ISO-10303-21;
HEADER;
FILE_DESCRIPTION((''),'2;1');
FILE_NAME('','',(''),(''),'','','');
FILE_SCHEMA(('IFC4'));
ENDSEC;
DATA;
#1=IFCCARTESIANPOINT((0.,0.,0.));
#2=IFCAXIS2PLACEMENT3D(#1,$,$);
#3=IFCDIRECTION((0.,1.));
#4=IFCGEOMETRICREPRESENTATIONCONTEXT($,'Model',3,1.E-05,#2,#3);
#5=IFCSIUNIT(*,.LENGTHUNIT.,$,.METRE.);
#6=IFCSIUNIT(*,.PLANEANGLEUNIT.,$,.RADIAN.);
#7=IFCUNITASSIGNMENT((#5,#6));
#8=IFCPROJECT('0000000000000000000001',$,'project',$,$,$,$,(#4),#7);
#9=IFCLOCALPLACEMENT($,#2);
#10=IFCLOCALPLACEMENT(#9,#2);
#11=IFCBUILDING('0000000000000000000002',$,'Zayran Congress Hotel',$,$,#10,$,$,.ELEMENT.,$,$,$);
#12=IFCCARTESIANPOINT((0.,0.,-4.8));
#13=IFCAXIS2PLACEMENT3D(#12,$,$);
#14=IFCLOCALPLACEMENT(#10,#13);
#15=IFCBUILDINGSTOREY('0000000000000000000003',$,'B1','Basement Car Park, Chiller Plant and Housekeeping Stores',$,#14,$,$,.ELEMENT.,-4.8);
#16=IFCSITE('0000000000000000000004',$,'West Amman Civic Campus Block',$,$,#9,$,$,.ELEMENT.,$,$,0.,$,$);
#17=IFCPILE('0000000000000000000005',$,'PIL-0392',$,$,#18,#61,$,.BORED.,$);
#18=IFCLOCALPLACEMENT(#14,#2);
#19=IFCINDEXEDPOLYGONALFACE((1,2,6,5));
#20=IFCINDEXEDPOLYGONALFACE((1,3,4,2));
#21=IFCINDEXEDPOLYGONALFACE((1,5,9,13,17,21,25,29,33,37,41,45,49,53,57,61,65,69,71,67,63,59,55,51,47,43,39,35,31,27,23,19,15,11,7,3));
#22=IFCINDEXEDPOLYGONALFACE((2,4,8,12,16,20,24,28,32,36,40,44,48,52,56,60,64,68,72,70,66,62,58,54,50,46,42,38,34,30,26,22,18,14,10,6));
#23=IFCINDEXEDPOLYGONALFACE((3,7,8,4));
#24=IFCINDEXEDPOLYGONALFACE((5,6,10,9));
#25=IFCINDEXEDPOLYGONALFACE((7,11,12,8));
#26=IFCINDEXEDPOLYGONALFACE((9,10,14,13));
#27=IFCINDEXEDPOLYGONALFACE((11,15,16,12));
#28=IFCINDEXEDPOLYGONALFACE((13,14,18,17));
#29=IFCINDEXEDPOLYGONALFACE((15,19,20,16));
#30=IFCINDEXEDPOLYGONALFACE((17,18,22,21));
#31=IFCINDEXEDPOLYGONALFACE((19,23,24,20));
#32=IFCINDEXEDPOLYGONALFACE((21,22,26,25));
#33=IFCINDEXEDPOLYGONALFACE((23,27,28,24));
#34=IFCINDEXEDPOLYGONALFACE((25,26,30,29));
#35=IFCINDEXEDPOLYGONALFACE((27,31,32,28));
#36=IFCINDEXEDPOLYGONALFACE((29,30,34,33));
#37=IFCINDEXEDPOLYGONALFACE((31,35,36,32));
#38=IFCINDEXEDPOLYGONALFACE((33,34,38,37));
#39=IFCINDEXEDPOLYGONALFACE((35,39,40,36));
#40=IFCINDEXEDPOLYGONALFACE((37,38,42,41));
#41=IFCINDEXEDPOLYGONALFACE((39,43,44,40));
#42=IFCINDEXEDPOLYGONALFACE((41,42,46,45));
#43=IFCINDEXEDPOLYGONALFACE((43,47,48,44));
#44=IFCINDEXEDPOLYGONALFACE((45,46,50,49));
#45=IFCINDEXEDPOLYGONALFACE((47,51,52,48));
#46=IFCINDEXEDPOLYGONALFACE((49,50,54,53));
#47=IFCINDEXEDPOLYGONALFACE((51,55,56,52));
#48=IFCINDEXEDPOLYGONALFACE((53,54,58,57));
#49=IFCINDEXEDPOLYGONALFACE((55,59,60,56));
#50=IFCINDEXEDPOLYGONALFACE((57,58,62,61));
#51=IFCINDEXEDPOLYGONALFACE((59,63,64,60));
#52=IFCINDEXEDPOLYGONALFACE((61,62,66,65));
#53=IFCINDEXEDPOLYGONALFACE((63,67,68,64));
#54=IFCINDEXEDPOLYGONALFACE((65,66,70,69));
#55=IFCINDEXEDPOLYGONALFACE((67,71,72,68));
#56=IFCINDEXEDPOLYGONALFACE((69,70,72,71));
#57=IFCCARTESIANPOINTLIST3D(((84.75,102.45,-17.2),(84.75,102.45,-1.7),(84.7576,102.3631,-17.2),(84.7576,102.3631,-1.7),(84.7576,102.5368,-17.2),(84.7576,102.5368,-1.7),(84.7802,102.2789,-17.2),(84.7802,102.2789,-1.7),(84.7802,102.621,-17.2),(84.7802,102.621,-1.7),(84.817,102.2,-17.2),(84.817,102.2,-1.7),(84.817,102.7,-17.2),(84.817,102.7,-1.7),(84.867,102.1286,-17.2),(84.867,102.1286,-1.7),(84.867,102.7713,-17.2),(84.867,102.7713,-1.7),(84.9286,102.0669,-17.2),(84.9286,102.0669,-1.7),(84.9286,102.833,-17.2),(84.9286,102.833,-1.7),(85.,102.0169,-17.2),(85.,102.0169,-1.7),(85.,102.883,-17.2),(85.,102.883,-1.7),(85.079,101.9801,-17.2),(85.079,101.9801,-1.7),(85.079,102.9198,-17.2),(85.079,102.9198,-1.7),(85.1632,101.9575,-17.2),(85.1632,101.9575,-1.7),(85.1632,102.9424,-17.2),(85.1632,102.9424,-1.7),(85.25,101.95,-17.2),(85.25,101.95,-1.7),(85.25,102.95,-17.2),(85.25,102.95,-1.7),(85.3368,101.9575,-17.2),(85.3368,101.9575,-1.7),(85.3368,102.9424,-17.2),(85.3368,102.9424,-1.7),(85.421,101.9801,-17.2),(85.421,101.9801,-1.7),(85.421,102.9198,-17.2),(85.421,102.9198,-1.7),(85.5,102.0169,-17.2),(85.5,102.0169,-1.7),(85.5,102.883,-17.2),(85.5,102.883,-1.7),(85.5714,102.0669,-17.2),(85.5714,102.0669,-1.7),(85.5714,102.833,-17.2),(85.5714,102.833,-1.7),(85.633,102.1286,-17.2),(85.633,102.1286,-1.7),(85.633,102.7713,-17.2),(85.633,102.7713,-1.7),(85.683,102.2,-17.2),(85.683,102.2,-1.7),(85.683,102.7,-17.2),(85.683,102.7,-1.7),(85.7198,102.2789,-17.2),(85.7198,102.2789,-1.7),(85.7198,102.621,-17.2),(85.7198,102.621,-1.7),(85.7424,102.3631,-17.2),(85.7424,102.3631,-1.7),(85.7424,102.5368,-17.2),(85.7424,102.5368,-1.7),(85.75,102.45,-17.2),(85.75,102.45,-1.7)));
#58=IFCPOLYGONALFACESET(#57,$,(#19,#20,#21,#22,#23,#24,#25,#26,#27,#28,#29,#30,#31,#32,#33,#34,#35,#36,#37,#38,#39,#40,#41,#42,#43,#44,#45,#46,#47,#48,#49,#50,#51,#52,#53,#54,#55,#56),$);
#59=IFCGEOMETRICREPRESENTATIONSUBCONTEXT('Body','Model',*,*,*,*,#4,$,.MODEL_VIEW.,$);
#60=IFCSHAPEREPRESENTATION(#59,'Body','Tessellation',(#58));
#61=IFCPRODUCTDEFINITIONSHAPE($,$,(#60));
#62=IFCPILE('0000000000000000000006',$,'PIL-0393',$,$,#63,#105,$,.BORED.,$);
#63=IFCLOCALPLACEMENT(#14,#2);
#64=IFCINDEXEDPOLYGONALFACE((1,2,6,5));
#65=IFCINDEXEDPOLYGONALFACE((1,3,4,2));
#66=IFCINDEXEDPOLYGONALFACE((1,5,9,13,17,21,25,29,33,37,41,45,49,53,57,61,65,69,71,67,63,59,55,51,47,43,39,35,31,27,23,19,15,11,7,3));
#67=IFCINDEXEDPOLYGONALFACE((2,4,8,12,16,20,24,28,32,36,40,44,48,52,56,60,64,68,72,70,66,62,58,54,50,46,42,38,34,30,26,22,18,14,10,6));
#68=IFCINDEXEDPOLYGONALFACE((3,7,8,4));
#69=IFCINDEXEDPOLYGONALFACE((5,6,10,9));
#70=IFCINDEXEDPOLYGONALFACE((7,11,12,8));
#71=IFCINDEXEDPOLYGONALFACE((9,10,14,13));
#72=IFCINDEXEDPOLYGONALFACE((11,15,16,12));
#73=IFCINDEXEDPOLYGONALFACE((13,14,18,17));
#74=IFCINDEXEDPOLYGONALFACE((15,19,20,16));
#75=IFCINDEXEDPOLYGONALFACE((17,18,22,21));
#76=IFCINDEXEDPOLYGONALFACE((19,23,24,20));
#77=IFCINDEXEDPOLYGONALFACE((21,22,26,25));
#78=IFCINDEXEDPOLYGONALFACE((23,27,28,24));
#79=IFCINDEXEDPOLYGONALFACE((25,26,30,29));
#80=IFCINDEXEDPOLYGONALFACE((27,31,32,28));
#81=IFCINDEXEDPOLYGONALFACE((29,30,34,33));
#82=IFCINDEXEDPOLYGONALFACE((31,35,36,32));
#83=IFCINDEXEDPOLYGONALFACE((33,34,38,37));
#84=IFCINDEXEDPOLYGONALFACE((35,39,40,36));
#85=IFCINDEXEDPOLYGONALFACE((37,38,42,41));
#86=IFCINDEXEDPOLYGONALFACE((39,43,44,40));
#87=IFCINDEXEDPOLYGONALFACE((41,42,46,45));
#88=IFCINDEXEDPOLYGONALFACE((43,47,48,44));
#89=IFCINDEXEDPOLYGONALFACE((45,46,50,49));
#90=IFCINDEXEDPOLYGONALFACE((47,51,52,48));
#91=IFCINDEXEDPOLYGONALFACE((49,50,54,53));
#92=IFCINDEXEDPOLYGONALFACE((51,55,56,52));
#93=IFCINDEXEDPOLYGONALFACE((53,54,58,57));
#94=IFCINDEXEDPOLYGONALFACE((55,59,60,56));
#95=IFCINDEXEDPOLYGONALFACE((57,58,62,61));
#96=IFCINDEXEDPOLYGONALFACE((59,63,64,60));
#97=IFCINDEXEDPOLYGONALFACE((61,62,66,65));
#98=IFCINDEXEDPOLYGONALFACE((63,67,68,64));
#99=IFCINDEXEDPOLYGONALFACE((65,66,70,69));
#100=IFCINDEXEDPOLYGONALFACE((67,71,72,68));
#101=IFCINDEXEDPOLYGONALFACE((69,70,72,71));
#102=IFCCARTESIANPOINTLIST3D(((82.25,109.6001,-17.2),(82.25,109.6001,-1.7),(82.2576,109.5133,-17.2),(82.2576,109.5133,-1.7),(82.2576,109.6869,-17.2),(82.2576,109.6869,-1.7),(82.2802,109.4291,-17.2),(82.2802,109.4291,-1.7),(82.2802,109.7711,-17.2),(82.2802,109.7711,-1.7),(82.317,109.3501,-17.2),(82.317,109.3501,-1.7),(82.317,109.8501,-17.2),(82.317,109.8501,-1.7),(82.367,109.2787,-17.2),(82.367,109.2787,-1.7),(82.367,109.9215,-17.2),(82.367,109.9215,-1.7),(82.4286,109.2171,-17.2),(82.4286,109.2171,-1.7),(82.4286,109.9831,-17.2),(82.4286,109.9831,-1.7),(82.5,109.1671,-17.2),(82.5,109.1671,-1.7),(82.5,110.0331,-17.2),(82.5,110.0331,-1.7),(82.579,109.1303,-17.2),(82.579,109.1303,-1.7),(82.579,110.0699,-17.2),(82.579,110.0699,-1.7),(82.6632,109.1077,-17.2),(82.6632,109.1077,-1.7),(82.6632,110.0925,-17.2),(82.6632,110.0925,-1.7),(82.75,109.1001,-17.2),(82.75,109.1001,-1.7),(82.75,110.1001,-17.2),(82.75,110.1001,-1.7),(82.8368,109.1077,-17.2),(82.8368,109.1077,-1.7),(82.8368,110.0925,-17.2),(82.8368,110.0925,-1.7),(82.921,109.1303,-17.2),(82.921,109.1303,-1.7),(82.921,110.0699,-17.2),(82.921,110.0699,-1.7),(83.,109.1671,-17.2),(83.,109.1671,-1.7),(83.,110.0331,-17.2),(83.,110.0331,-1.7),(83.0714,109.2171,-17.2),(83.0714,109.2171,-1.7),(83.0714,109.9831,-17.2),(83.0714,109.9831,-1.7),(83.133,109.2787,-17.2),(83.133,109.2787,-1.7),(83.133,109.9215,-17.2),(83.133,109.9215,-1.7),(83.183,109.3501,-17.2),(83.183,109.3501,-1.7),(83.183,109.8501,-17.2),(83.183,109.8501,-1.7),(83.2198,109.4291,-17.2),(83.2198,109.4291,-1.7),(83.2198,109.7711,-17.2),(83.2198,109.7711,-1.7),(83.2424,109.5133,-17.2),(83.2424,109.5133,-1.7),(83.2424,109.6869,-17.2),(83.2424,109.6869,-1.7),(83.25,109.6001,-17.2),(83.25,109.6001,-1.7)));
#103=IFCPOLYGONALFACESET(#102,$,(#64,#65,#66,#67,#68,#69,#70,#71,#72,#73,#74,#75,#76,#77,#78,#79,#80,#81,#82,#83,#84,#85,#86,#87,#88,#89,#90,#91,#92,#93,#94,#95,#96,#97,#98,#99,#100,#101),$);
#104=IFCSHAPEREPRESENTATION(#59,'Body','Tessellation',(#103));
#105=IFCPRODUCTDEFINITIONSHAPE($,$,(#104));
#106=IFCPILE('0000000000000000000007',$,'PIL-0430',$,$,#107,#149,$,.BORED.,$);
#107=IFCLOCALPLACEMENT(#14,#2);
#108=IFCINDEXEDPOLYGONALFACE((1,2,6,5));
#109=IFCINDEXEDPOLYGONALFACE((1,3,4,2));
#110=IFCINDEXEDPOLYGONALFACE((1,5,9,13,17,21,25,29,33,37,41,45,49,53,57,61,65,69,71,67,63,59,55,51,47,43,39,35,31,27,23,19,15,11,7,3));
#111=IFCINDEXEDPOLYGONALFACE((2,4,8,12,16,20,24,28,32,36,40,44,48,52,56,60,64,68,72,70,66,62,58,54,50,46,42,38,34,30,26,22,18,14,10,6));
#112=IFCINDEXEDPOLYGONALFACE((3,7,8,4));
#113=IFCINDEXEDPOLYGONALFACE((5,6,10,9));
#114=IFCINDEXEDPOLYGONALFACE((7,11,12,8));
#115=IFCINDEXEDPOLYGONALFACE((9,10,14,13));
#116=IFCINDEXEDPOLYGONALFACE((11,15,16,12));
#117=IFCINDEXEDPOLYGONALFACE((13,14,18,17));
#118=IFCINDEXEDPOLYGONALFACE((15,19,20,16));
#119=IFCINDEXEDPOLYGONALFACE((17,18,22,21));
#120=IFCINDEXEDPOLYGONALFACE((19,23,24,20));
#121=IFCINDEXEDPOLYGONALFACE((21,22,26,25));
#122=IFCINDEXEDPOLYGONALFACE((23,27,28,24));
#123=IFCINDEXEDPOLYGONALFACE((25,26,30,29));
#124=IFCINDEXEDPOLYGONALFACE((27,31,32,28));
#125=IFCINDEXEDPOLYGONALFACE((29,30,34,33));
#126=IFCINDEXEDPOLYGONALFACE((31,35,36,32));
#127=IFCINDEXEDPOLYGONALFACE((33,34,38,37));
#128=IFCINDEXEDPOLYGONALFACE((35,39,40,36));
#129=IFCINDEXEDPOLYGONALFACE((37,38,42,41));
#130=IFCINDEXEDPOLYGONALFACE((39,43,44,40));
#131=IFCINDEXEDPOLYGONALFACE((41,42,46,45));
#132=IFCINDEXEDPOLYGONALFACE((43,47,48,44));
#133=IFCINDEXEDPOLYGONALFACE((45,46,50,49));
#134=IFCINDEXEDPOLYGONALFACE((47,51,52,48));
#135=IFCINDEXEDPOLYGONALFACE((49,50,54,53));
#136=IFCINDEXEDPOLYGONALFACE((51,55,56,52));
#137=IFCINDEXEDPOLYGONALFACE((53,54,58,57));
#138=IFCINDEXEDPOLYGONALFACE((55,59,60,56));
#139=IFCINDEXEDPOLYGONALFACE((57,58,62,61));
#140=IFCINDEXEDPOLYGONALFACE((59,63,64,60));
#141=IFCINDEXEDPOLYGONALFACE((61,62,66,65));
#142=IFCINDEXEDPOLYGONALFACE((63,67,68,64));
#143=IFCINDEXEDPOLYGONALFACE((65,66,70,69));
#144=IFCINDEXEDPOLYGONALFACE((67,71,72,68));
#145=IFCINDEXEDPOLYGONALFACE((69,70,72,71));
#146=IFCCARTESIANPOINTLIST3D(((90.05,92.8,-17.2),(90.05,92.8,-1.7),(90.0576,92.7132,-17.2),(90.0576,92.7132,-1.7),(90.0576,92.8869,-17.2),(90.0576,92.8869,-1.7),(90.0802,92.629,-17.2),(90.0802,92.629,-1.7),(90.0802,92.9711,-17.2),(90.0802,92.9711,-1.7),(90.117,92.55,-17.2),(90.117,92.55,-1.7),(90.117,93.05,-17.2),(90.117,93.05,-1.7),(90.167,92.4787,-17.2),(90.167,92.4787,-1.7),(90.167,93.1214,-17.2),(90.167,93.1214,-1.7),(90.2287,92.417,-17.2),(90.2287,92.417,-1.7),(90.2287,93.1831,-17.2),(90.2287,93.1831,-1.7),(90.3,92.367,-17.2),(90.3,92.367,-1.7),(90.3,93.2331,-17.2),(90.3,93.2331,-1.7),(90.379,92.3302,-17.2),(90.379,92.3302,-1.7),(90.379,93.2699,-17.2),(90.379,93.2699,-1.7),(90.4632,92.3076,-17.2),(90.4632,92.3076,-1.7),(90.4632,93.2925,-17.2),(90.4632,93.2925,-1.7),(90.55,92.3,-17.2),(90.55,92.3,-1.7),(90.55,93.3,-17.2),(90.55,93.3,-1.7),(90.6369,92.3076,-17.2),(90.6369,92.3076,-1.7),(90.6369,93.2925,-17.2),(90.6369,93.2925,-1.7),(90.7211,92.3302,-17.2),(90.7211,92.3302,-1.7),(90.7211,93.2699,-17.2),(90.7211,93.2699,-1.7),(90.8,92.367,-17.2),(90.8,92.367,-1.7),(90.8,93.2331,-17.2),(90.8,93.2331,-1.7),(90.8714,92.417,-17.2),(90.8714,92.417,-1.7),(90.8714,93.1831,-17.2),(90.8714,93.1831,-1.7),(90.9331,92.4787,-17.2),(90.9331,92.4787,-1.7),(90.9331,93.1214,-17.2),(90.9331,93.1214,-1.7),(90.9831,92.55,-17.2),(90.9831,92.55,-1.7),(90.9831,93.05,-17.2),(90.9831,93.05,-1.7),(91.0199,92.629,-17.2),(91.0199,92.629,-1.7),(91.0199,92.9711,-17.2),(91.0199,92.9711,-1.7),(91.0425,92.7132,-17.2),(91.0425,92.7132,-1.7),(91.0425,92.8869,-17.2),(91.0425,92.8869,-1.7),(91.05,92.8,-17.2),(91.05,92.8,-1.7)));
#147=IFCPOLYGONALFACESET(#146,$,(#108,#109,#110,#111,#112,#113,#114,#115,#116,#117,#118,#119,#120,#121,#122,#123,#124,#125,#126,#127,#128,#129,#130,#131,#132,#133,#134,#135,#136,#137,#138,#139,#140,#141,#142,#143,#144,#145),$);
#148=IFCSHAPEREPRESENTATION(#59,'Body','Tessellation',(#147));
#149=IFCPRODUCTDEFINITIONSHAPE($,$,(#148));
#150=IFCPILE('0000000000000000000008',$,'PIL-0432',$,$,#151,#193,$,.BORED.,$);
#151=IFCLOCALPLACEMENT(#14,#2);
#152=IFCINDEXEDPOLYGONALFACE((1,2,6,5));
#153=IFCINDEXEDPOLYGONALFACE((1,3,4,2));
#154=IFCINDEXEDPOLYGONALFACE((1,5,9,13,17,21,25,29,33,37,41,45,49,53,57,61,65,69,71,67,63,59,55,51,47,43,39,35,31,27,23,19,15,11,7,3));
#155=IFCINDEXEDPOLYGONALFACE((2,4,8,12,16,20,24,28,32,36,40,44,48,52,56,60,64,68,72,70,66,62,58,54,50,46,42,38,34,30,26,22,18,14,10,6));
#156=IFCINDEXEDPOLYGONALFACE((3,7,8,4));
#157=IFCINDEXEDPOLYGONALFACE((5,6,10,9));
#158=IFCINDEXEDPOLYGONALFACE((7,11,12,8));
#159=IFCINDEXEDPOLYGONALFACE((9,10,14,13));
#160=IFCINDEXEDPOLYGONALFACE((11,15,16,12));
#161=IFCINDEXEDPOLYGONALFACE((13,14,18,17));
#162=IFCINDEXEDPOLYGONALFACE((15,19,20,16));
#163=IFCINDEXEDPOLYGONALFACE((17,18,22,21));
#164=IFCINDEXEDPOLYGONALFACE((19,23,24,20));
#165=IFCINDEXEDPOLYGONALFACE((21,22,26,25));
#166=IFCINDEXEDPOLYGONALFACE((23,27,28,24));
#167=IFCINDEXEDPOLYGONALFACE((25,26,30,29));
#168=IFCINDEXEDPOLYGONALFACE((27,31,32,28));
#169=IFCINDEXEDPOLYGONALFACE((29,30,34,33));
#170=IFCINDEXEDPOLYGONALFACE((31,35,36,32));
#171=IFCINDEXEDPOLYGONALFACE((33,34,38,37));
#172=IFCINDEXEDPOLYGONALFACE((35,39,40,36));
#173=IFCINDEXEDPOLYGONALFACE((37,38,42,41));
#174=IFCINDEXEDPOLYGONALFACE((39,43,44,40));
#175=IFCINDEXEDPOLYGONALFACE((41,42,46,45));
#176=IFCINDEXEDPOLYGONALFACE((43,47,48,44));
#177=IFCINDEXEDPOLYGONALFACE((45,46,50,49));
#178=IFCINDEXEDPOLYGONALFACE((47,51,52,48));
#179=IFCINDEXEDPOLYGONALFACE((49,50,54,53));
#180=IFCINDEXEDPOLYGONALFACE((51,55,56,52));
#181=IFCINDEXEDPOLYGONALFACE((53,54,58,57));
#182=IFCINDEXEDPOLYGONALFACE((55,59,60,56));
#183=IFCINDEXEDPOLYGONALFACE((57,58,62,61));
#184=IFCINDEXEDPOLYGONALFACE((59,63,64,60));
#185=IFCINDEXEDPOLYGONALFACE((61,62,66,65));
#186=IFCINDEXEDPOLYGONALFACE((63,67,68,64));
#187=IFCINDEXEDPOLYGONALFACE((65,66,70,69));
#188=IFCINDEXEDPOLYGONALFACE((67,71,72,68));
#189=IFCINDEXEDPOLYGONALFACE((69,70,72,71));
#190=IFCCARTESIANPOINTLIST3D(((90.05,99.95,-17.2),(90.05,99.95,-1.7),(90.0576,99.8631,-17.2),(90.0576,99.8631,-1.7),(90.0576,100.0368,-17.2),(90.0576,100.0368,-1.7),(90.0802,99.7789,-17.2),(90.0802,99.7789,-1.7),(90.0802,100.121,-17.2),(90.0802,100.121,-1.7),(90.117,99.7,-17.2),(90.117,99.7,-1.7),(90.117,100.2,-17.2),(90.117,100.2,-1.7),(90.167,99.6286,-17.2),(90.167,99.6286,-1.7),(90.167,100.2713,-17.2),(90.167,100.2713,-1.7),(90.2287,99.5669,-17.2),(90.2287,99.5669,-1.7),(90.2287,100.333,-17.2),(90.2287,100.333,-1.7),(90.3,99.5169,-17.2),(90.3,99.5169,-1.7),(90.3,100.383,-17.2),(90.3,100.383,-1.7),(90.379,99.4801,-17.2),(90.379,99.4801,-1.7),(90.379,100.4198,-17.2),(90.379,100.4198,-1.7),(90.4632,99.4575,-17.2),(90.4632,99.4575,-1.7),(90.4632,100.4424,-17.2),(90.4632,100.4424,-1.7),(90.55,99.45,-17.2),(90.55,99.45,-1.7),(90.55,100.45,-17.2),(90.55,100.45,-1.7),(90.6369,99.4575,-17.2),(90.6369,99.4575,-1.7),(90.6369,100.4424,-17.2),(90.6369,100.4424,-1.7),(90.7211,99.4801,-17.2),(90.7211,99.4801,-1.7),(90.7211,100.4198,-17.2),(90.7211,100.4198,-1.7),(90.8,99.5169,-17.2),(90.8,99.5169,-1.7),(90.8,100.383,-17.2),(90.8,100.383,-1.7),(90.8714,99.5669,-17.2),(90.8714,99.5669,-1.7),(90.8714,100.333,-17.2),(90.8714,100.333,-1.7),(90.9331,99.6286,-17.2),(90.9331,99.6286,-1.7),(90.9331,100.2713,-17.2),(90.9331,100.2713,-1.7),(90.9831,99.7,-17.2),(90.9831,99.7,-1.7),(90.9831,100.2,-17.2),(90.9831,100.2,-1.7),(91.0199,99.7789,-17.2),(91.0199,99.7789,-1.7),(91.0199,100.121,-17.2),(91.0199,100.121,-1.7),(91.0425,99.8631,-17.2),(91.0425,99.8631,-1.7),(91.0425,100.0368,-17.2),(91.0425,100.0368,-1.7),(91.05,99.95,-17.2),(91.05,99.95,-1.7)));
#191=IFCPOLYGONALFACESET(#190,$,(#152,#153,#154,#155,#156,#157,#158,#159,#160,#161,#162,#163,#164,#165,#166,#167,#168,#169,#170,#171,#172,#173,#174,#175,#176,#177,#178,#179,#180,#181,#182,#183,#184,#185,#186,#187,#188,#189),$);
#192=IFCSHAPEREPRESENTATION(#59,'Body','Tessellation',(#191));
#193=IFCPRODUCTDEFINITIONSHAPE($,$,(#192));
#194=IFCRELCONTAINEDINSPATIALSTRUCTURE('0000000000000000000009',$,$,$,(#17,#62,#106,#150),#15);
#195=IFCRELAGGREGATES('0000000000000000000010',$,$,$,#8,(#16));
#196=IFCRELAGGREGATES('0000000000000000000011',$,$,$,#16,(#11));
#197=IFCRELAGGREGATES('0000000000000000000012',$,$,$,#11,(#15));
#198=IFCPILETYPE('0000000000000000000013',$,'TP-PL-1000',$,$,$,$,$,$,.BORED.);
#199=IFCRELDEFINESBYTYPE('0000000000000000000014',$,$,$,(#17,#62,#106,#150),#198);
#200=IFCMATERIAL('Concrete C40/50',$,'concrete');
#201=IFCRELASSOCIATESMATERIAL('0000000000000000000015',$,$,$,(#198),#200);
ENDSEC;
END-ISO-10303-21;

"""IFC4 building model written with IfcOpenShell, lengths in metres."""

from ifc_helpers import new_model, si_unit, direction, frame, origin, origin_2d, place, context, subcontext, project, spatial, circle, extrude, material, material_profile, profile_set, type_object, element, save


model = new_model("IFC4")

# Units and contexts
model_context = context("Model", 3, precision=1e-05, world=origin(), true_north=direction((0.0, 1.0)))
body_context = subcontext(model_context, "Body", "Model", "MODEL_VIEW")
ifc_project = project(units=[si_unit("LENGTHUNIT", "METRE"), si_unit("PLANEANGLEUNIT", "RADIAN")], contexts=[model_context])

# Site, building, storey
site_placement = place(None, origin())
site = spatial("IfcSite", under=ifc_project, at=site_placement, Name="West Amman Civic Campus Block", CompositionType="ELEMENT", RefElevation=0.0)
building_placement = place(site_placement, origin())
building = spatial("IfcBuilding", under=site, at=building_placement, Name="Zayran Congress Hotel", CompositionType="ELEMENT")
storey_placement = place(building_placement, frame((0.0, 0.0, -4.8)))
storey = spatial("IfcBuildingStorey", under=building, at=storey_placement, Name="B1", Description="Basement Car Park, Chiller Plant and Housekeeping Stores", CompositionType="ELEMENT", Elevation=-4.8)

# Piles
ifc_material_1 = material(Name="Concrete C40/50", Category="concrete")
ifc_material_profile_1 = material_profile(ifc_material_1, circle(Radius=0.5, at=origin_2d()), Name="PILE D1000")
ifc_profile_set_1 = profile_set([ifc_material_profile_1], Name="Concrete C40/50")
pile_type = type_object("IfcPileType", Name="TP-PL-1000", PredefinedType="BORED", material=ifc_profile_set_1)
for number, where, z_axis, x_axis, name in (
    (1, (85.25, 102.45, -1.7), (0.0, 0.0, -1.0), (1.0, 0.0, 0.0), "PIL-0392"),
    (2, (82.75, 109.6001, -1.7), (0.0, 0.0, -1.0), (1.0, 0.0, 0.0), "PIL-0393"),
    (3, (90.55, 92.8, -1.7), (0.0, 0.0, -1.0), (1.0, 0.0, 0.0), "PIL-0430"),
    (4, (90.55, 99.95, -1.7), (0.0, 0.0, -1.0), (1.0, 0.0, 0.0), "PIL-0432"),
):
    element("IfcPile", number, at=place(storey_placement, frame(where, z_axis=z_axis, x_axis=x_axis)), inside=storey, type_object=pile_type, Name=name, PredefinedType="BORED", context=body_context, shape_type="SweptSolid", body=[
        extrude(circle(Radius=0.5, at=origin_2d()), origin(), (0.0, 0.0, 1.0), 15.5),
    ])

save(model, "model.ifc")
